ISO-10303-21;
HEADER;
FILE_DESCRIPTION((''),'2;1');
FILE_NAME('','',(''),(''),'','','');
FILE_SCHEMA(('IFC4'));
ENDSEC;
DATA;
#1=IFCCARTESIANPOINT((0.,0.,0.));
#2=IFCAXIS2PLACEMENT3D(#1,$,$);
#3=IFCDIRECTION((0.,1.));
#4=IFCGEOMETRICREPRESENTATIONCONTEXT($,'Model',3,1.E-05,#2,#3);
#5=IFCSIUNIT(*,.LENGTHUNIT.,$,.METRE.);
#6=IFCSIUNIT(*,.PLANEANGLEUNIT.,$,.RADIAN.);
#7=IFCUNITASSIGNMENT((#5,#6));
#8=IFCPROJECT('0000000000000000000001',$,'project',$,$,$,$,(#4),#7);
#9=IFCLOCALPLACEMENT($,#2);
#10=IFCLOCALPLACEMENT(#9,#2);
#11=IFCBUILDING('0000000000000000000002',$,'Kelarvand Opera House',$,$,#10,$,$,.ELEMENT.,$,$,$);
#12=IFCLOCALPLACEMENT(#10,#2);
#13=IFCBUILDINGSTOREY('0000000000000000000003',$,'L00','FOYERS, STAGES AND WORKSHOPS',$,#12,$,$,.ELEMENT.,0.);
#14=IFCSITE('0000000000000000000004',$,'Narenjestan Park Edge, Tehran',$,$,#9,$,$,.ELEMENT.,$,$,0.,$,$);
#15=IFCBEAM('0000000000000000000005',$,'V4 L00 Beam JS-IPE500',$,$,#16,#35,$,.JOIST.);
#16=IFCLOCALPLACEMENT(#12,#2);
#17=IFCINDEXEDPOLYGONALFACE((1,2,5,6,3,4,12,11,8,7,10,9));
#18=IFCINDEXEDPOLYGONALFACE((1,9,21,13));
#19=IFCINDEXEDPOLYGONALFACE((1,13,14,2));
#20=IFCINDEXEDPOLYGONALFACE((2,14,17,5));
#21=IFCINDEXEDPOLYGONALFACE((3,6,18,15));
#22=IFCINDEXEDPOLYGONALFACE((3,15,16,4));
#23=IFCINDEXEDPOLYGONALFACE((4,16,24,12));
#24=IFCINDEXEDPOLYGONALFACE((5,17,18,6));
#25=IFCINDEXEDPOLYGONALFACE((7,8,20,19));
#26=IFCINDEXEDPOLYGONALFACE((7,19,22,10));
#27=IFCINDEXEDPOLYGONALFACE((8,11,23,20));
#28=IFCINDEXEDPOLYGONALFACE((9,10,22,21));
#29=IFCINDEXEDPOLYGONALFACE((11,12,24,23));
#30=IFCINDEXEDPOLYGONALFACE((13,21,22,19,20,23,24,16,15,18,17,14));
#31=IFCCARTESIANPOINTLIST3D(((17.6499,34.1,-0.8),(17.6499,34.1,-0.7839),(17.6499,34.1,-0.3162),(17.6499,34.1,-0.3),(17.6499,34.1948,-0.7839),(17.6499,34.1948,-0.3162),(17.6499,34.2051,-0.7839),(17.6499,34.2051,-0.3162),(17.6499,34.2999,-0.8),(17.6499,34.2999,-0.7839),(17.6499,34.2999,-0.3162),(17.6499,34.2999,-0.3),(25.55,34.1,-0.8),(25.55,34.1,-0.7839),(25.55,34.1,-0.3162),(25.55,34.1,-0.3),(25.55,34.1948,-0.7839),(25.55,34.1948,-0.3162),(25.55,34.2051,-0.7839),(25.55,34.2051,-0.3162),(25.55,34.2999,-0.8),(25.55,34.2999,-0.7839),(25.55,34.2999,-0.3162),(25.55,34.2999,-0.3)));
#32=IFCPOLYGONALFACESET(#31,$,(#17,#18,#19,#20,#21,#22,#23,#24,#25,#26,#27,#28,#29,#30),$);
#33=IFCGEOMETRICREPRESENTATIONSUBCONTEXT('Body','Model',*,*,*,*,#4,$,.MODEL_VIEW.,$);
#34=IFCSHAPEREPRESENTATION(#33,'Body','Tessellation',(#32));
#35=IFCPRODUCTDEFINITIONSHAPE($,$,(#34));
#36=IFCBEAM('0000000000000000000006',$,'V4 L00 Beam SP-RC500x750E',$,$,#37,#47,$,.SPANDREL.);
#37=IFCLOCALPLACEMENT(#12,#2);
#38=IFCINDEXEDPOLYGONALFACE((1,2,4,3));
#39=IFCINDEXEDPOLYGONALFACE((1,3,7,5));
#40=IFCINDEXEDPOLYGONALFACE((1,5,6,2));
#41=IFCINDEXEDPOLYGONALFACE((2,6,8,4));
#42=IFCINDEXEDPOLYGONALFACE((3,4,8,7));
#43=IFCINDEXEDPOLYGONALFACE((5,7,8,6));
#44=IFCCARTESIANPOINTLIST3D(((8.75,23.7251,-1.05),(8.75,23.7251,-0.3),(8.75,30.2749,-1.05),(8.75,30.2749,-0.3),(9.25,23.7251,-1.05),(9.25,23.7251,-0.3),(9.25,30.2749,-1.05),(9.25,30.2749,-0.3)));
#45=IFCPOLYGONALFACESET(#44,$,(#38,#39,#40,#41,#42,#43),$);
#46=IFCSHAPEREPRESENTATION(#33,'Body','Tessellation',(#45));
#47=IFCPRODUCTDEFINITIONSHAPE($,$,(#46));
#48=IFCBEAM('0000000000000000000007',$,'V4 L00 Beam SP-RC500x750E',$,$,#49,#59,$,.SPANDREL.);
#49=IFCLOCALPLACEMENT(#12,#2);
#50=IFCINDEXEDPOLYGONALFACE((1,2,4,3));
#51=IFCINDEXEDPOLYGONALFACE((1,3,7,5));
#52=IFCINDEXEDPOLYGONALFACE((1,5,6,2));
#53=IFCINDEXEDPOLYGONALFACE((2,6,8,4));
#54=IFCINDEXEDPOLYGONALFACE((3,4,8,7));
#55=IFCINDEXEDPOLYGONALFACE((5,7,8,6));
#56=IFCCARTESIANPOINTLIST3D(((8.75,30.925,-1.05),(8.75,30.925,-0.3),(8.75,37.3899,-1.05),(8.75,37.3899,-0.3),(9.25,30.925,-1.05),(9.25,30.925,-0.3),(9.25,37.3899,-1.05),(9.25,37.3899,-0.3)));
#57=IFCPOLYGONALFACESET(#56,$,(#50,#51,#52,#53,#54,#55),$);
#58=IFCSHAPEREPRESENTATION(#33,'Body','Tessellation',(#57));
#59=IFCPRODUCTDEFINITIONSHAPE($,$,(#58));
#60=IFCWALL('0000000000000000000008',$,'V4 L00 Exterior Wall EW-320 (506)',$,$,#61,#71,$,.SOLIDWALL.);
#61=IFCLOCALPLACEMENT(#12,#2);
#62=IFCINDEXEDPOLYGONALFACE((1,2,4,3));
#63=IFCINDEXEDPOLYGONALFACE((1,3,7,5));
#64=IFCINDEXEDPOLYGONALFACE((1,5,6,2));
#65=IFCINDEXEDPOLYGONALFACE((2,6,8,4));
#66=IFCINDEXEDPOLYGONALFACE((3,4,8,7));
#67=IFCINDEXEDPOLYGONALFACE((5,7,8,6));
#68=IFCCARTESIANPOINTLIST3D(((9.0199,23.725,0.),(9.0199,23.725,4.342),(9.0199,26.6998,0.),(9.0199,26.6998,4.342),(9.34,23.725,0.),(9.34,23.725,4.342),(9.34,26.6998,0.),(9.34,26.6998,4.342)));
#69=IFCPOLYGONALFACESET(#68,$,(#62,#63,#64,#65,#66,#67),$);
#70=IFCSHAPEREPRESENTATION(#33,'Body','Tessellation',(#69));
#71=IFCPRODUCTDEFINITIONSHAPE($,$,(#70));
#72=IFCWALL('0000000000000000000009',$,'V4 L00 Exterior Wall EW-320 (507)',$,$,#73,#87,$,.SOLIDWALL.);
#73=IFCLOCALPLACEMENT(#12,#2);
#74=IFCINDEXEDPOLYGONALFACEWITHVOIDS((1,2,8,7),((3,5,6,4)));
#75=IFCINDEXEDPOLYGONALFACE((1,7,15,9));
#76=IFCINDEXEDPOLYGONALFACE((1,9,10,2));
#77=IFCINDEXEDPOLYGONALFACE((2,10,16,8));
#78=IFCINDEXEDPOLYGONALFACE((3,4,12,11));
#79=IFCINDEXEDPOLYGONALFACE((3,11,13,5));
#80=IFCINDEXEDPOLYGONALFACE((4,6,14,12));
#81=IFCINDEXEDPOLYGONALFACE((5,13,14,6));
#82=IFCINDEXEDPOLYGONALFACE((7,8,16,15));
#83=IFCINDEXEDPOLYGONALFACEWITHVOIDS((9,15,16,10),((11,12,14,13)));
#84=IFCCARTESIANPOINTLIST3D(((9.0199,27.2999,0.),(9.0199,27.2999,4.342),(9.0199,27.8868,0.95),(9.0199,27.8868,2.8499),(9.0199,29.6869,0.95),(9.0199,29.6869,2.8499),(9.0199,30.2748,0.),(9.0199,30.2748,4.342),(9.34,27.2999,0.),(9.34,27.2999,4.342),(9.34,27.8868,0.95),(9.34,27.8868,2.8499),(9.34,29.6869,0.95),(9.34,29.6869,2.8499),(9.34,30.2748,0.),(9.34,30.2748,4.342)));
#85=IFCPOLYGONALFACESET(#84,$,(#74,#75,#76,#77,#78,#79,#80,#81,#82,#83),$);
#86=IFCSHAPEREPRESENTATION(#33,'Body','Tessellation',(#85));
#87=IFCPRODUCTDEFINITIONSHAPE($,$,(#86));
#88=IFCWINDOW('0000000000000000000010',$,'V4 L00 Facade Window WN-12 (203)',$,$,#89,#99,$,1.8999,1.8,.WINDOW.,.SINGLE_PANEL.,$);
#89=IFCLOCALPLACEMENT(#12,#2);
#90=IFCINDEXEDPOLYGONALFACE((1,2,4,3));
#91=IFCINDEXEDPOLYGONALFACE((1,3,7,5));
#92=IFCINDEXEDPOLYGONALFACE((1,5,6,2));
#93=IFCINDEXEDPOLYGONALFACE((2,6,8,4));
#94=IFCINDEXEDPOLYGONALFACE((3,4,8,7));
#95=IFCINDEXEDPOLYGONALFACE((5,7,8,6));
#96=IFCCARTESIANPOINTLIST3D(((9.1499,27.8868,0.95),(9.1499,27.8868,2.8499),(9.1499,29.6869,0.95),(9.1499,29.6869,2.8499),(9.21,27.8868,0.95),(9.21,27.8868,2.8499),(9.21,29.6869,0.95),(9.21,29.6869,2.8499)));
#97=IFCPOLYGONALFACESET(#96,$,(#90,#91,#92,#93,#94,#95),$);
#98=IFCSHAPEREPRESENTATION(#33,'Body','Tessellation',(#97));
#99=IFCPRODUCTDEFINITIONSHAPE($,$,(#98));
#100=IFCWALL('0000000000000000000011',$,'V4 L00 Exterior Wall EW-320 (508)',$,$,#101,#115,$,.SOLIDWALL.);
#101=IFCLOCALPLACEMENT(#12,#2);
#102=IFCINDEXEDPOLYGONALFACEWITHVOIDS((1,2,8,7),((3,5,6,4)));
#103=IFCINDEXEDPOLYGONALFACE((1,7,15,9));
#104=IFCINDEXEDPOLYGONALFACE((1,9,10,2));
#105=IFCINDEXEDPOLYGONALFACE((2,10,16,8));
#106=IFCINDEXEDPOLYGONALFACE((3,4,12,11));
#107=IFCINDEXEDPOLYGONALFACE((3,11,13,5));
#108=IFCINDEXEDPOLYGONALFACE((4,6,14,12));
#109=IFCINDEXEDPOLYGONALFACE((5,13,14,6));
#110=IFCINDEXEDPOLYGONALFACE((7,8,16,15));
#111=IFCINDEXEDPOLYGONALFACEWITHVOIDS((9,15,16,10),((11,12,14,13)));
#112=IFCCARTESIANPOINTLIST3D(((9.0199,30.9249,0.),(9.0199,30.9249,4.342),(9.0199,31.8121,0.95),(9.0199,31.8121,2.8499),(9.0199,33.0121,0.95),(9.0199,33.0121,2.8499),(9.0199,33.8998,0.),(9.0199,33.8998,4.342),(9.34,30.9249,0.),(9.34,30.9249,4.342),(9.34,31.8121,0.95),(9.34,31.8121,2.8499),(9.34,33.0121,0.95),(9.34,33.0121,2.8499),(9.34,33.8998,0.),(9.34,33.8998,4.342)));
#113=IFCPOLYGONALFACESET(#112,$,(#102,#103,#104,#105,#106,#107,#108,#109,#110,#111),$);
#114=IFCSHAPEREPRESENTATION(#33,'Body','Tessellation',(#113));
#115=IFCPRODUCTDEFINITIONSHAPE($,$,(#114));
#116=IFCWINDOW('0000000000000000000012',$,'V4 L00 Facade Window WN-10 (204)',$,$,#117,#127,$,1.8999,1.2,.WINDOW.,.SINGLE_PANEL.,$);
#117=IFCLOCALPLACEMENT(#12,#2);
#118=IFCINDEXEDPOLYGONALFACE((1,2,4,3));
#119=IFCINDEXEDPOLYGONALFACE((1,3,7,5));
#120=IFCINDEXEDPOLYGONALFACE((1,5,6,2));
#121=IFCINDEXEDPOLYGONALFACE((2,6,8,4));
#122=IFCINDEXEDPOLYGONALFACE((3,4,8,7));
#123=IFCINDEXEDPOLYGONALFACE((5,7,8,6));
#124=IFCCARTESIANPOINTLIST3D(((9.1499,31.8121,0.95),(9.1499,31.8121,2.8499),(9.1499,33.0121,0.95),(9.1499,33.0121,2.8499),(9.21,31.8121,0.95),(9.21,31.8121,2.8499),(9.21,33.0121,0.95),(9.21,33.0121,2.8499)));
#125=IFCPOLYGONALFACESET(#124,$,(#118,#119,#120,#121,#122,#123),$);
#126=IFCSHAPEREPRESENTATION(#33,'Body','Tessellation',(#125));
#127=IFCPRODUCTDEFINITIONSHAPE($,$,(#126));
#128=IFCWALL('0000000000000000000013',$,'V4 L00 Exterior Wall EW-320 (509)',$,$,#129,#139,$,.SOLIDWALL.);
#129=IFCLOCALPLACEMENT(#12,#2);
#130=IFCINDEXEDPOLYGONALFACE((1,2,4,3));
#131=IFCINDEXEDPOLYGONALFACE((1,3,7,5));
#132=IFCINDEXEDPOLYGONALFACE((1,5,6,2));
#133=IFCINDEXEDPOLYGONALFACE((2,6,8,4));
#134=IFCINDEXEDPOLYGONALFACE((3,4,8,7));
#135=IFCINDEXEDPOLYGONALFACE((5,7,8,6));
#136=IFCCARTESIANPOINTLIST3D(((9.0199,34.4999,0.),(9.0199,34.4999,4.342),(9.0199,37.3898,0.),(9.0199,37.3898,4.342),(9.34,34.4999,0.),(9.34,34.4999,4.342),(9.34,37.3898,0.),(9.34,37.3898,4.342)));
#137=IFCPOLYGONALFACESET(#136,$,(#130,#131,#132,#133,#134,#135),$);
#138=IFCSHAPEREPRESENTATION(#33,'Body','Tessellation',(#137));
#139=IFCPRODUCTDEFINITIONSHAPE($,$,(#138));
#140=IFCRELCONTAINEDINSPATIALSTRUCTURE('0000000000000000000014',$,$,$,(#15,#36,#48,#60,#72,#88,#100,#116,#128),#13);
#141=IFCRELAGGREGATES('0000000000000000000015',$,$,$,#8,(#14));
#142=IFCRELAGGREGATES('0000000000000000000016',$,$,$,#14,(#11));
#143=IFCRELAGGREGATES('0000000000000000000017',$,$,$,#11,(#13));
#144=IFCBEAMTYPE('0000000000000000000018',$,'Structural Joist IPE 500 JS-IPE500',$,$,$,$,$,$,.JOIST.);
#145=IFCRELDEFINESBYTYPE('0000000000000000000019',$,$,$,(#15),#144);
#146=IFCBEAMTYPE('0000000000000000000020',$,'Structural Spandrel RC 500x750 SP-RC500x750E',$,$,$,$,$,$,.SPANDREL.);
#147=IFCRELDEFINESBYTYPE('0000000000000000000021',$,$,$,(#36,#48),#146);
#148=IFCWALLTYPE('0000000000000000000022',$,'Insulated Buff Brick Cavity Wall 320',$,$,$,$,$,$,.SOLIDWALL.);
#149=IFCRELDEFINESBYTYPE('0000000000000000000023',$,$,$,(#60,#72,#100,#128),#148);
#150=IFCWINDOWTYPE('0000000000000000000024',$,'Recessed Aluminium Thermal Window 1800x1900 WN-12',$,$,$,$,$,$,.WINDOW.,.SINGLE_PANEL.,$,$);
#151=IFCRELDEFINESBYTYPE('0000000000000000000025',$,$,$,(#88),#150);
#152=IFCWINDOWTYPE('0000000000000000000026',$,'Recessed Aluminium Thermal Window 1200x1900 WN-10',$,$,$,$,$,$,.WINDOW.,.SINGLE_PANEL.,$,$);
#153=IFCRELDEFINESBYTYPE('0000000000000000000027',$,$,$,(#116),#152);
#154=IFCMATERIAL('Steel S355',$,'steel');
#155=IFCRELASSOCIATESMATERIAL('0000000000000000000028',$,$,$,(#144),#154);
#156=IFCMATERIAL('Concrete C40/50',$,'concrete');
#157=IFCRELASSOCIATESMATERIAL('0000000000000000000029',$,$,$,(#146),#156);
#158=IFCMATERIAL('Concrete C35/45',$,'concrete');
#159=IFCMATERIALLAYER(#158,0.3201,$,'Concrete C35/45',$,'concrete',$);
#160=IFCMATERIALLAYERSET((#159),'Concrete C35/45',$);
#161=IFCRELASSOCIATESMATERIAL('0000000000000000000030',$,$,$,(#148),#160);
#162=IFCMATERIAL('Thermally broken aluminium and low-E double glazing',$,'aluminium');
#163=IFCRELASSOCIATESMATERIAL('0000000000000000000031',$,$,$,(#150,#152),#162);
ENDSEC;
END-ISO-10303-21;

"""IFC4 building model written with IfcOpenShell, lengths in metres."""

from ifc_helpers import new_model, si_unit, direction, frame, frame_2d, origin, origin_2d, place, context, subcontext, project, spatial, rectangle, i_section, extrude, material, layer, layer_set, material_profile, profile_set, type_object, element, fill, save


model = new_model("IFC4")

# Units and contexts
model_context = context("Model", 3, precision=1e-05, world=origin(), true_north=direction((0.0, 1.0)))
body_context = subcontext(model_context, "Body", "Model", "MODEL_VIEW")
ifc_project = project(units=[si_unit("LENGTHUNIT", "METRE"), si_unit("PLANEANGLEUNIT", "RADIAN")], contexts=[model_context])

# Site, building, storey
site_placement = place(None, origin())
site = spatial("IfcSite", under=ifc_project, at=site_placement, Name="Narenjestan Park Edge, Tehran", CompositionType="ELEMENT", RefElevation=0.0)
building_placement = place(site_placement, origin())
building = spatial("IfcBuilding", under=site, at=building_placement, Name="Kelarvand Opera House", CompositionType="ELEMENT")
storey_placement = place(building_placement, origin())
storey = spatial("IfcBuildingStorey", under=building, at=storey_placement, Name="L00", Description="FOYERS, STAGES AND WORKSHOPS", CompositionType="ELEMENT", Elevation=0.0)

# Shared definitions
ifc_material_1 = material(Name="Concrete C40/50", Category="concrete")

# Beams
ifc_material_2 = material(Name="Steel S355", Category="steel")
ifc_material_profile_1 = material_profile(ifc_material_2, i_section(OverallWidth=0.2, OverallDepth=0.5, WebThickness=0.0103, FlangeThickness=0.0161, at=origin_2d()), Name="IPE 500", Category="steel")
ifc_profile_set_1 = profile_set([ifc_material_profile_1], Name="Steel S355")
beam_type_1 = type_object("IfcBeamType", Name="Structural Joist IPE 500 JS-IPE500", PredefinedType="JOIST", material=ifc_profile_set_1)
beam_1_placement = place(storey_placement, frame((17.6499, 34.2, -0.55), z_axis=(1.0, 0.0, 0.0), x_axis=(0.0, 1.0, 0.0)))
element("IfcBeam", 1, at=beam_1_placement, inside=storey, type_object=beam_type_1, Name="V4 L00 Beam JS-IPE500", PredefinedType="JOIST", context=body_context, shape_type="SweptSolid", body=[
    extrude(i_section(OverallWidth=0.2, OverallDepth=0.5, WebThickness=0.0103, FlangeThickness=0.0161, at=origin_2d()), origin(), (0.0, 0.0, 1.0), 7.9001),
])
ifc_material_profile_2 = material_profile(ifc_material_1, rectangle(XDim=0.5, YDim=0.75, at=origin_2d()), Name="RC 500x750", Category="concrete")
ifc_profile_set_2 = profile_set([ifc_material_profile_2], Name="Concrete C40/50")
beam_type_2 = type_object("IfcBeamType", Name="Structural Spandrel RC 500x750 SP-RC500x750E", PredefinedType="SPANDREL", material=ifc_profile_set_2)
beam_2_placement = place(storey_placement, frame((9.0, 23.7251, -0.675), z_axis=(0.0, 1.0, 0.0), x_axis=(-1.0, 0.0, 0.0)))
element("IfcBeam", 2, at=beam_2_placement, inside=storey, type_object=beam_type_2, Name="V4 L00 Beam SP-RC500x750E", PredefinedType="SPANDREL", context=body_context, shape_type="SweptSolid", body=[
    extrude(rectangle(XDim=0.5, YDim=0.75, at=origin_2d()), origin(), (0.0, 0.0, 1.0), 6.5498),
])
beam_3_placement = place(storey_placement, frame((9.0, 30.925, -0.675), z_axis=(0.0, 1.0, 0.0), x_axis=(-1.0, 0.0, 0.0)))
element("IfcBeam", 3, at=beam_3_placement, inside=storey, type_object=beam_type_2, Name="V4 L00 Beam SP-RC500x750E", PredefinedType="SPANDREL", context=body_context, shape_type="SweptSolid", body=[
    extrude(rectangle(XDim=0.5, YDim=0.75, at=origin_2d()), origin(), (0.0, 0.0, 1.0), 6.4648),
])

# Wall
ifc_material_3 = material(Name="Concrete C35/45", Category="concrete")
ifc_layer = layer(ifc_material_3, 0.3201, Name="Concrete C35/45", Category="concrete")
ifc_layer_set = layer_set([ifc_layer], Name="Concrete C35/45")
wall_type = type_object("IfcWallType", Name="Insulated Buff Brick Cavity Wall 320", PredefinedType="SOLIDWALL", material=ifc_layer_set)
wall_1_placement = place(storey_placement, frame((9.1799, 23.7251, 0.0), z_axis=(0.0, 0.0, 1.0), x_axis=(0.0, 1.0, 0.0)))
element("IfcWall", 4, at=wall_1_placement, inside=storey, type_object=wall_type, Name="V4 L00 Exterior Wall EW-320 (506)", PredefinedType="SOLIDWALL", context=body_context, shape_type="SweptSolid", body=[
    extrude(rectangle(XDim=2.9749, YDim=0.3201, at=frame_2d((1.4873, 0.0))), origin(), (0.0, 0.0, 1.0), 4.342),
])

# Walls, openings, windows
wall_2_placement = place(storey_placement, frame((9.1799, 27.3, 0.0), z_axis=(0.0, 0.0, 1.0), x_axis=(0.0, 1.0, 0.0)))
wall_2 = element("IfcWall", 5, at=wall_2_placement, inside=storey, type_object=wall_type, Name="V4 L00 Exterior Wall EW-320 (507)", PredefinedType="SOLIDWALL", context=body_context, shape_type="SweptSolid", body=[
    extrude(rectangle(XDim=2.9749, YDim=0.3201, at=frame_2d((1.4873, 0.0))), origin(), (0.0, 0.0, 1.0), 4.342),
])
opening_1_placement = place(wall_2_placement, frame((0.5869, 0.0, 0.95)))
opening_1 = element("IfcOpeningElement", 6, at=opening_1_placement, cuts=wall_2, PredefinedType="OPENING", context=body_context, shape_type="SweptSolid", body=[
    extrude(rectangle(XDim=1.8, YDim=1.8999, at=frame_2d((0.8999, 0.95))), frame((0.0, 0.1699, 0.0), z_axis=(0.0, -1.0, 0.0), x_axis=(1.0, 0.0, 0.0)), (0.0, 0.0, 1.0), 0.3401),
])
ifc_material_4 = material(Name="Thermally broken aluminium and low-E double glazing", Category="aluminium")
window_type_1 = type_object("IfcWindowType", Name="Recessed Aluminium Thermal Window 1800x1900 WN-12", PartitioningType="SINGLE_PANEL", PredefinedType="WINDOW", material=ifc_material_4)
window_1_placement = place(opening_1_placement, origin())
window_1 = element("IfcWindow", 7, at=window_1_placement, inside=storey, type_object=window_type_1, Name="V4 L00 Facade Window WN-12 (203)", OverallHeight=1.8999, OverallWidth=1.8, PartitioningType="SINGLE_PANEL", PredefinedType="WINDOW", context=body_context, shape_type="SweptSolid", body=[
    extrude(rectangle(XDim=1.8, YDim=1.8999, at=frame_2d((0.8999, 0.95))), frame((0.0, 0.03, 0.0), z_axis=(0.0, -1.0, 0.0), x_axis=(1.0, 0.0, 0.0)), (0.0, 0.0, 1.0), 0.0601),
])
fill(opening_1, window_1)
wall_3_placement = place(storey_placement, frame((9.1799, 30.925, 0.0), z_axis=(0.0, 0.0, 1.0), x_axis=(0.0, 1.0, 0.0)))
wall_3 = element("IfcWall", 8, at=wall_3_placement, inside=storey, type_object=wall_type, Name="V4 L00 Exterior Wall EW-320 (508)", PredefinedType="SOLIDWALL", context=body_context, shape_type="SweptSolid", body=[
    extrude(rectangle(XDim=2.9749, YDim=0.3201, at=frame_2d((1.4873, 0.0))), origin(), (0.0, 0.0, 1.0), 4.342),
])
opening_2_placement = place(wall_3_placement, frame((0.887, 0.0, 0.95)))
opening_2 = element("IfcOpeningElement", 9, at=opening_2_placement, cuts=wall_3, PredefinedType="OPENING", context=body_context, shape_type="SweptSolid", body=[
    extrude(rectangle(XDim=1.2, YDim=1.8999, at=frame_2d((0.6001, 0.95))), frame((0.0, 0.1699, 0.0), z_axis=(0.0, -1.0, 0.0), x_axis=(1.0, 0.0, 0.0)), (0.0, 0.0, 1.0), 0.3401),
])
window_type_2 = type_object("IfcWindowType", Name="Recessed Aluminium Thermal Window 1200x1900 WN-10", PartitioningType="SINGLE_PANEL", PredefinedType="WINDOW", material=ifc_material_4)
window_2_placement = place(opening_2_placement, origin())
window_2 = element("IfcWindow", 10, at=window_2_placement, inside=storey, type_object=window_type_2, Name="V4 L00 Facade Window WN-10 (204)", OverallHeight=1.8999, OverallWidth=1.2, PartitioningType="SINGLE_PANEL", PredefinedType="WINDOW", context=body_context, shape_type="SweptSolid", body=[
    extrude(rectangle(XDim=1.2, YDim=1.8999, at=frame_2d((0.6001, 0.95))), frame((0.0, 0.03, 0.0), z_axis=(0.0, -1.0, 0.0), x_axis=(1.0, 0.0, 0.0)), (0.0, 0.0, 1.0), 0.0601),
])
fill(opening_2, window_2)

# Wall
wall_4_placement = place(storey_placement, frame((9.1799, 34.5, 0.0), z_axis=(0.0, 0.0, 1.0), x_axis=(0.0, 1.0, 0.0)))
element("IfcWall", 11, at=wall_4_placement, inside=storey, type_object=wall_type, Name="V4 L00 Exterior Wall EW-320 (509)", PredefinedType="SOLIDWALL", context=body_context, shape_type="SweptSolid", body=[
    extrude(rectangle(XDim=2.8899, YDim=0.3201, at=frame_2d((1.4448, 0.0))), origin(), (0.0, 0.0, 1.0), 4.342),
])

save(model, "model.ifc")
